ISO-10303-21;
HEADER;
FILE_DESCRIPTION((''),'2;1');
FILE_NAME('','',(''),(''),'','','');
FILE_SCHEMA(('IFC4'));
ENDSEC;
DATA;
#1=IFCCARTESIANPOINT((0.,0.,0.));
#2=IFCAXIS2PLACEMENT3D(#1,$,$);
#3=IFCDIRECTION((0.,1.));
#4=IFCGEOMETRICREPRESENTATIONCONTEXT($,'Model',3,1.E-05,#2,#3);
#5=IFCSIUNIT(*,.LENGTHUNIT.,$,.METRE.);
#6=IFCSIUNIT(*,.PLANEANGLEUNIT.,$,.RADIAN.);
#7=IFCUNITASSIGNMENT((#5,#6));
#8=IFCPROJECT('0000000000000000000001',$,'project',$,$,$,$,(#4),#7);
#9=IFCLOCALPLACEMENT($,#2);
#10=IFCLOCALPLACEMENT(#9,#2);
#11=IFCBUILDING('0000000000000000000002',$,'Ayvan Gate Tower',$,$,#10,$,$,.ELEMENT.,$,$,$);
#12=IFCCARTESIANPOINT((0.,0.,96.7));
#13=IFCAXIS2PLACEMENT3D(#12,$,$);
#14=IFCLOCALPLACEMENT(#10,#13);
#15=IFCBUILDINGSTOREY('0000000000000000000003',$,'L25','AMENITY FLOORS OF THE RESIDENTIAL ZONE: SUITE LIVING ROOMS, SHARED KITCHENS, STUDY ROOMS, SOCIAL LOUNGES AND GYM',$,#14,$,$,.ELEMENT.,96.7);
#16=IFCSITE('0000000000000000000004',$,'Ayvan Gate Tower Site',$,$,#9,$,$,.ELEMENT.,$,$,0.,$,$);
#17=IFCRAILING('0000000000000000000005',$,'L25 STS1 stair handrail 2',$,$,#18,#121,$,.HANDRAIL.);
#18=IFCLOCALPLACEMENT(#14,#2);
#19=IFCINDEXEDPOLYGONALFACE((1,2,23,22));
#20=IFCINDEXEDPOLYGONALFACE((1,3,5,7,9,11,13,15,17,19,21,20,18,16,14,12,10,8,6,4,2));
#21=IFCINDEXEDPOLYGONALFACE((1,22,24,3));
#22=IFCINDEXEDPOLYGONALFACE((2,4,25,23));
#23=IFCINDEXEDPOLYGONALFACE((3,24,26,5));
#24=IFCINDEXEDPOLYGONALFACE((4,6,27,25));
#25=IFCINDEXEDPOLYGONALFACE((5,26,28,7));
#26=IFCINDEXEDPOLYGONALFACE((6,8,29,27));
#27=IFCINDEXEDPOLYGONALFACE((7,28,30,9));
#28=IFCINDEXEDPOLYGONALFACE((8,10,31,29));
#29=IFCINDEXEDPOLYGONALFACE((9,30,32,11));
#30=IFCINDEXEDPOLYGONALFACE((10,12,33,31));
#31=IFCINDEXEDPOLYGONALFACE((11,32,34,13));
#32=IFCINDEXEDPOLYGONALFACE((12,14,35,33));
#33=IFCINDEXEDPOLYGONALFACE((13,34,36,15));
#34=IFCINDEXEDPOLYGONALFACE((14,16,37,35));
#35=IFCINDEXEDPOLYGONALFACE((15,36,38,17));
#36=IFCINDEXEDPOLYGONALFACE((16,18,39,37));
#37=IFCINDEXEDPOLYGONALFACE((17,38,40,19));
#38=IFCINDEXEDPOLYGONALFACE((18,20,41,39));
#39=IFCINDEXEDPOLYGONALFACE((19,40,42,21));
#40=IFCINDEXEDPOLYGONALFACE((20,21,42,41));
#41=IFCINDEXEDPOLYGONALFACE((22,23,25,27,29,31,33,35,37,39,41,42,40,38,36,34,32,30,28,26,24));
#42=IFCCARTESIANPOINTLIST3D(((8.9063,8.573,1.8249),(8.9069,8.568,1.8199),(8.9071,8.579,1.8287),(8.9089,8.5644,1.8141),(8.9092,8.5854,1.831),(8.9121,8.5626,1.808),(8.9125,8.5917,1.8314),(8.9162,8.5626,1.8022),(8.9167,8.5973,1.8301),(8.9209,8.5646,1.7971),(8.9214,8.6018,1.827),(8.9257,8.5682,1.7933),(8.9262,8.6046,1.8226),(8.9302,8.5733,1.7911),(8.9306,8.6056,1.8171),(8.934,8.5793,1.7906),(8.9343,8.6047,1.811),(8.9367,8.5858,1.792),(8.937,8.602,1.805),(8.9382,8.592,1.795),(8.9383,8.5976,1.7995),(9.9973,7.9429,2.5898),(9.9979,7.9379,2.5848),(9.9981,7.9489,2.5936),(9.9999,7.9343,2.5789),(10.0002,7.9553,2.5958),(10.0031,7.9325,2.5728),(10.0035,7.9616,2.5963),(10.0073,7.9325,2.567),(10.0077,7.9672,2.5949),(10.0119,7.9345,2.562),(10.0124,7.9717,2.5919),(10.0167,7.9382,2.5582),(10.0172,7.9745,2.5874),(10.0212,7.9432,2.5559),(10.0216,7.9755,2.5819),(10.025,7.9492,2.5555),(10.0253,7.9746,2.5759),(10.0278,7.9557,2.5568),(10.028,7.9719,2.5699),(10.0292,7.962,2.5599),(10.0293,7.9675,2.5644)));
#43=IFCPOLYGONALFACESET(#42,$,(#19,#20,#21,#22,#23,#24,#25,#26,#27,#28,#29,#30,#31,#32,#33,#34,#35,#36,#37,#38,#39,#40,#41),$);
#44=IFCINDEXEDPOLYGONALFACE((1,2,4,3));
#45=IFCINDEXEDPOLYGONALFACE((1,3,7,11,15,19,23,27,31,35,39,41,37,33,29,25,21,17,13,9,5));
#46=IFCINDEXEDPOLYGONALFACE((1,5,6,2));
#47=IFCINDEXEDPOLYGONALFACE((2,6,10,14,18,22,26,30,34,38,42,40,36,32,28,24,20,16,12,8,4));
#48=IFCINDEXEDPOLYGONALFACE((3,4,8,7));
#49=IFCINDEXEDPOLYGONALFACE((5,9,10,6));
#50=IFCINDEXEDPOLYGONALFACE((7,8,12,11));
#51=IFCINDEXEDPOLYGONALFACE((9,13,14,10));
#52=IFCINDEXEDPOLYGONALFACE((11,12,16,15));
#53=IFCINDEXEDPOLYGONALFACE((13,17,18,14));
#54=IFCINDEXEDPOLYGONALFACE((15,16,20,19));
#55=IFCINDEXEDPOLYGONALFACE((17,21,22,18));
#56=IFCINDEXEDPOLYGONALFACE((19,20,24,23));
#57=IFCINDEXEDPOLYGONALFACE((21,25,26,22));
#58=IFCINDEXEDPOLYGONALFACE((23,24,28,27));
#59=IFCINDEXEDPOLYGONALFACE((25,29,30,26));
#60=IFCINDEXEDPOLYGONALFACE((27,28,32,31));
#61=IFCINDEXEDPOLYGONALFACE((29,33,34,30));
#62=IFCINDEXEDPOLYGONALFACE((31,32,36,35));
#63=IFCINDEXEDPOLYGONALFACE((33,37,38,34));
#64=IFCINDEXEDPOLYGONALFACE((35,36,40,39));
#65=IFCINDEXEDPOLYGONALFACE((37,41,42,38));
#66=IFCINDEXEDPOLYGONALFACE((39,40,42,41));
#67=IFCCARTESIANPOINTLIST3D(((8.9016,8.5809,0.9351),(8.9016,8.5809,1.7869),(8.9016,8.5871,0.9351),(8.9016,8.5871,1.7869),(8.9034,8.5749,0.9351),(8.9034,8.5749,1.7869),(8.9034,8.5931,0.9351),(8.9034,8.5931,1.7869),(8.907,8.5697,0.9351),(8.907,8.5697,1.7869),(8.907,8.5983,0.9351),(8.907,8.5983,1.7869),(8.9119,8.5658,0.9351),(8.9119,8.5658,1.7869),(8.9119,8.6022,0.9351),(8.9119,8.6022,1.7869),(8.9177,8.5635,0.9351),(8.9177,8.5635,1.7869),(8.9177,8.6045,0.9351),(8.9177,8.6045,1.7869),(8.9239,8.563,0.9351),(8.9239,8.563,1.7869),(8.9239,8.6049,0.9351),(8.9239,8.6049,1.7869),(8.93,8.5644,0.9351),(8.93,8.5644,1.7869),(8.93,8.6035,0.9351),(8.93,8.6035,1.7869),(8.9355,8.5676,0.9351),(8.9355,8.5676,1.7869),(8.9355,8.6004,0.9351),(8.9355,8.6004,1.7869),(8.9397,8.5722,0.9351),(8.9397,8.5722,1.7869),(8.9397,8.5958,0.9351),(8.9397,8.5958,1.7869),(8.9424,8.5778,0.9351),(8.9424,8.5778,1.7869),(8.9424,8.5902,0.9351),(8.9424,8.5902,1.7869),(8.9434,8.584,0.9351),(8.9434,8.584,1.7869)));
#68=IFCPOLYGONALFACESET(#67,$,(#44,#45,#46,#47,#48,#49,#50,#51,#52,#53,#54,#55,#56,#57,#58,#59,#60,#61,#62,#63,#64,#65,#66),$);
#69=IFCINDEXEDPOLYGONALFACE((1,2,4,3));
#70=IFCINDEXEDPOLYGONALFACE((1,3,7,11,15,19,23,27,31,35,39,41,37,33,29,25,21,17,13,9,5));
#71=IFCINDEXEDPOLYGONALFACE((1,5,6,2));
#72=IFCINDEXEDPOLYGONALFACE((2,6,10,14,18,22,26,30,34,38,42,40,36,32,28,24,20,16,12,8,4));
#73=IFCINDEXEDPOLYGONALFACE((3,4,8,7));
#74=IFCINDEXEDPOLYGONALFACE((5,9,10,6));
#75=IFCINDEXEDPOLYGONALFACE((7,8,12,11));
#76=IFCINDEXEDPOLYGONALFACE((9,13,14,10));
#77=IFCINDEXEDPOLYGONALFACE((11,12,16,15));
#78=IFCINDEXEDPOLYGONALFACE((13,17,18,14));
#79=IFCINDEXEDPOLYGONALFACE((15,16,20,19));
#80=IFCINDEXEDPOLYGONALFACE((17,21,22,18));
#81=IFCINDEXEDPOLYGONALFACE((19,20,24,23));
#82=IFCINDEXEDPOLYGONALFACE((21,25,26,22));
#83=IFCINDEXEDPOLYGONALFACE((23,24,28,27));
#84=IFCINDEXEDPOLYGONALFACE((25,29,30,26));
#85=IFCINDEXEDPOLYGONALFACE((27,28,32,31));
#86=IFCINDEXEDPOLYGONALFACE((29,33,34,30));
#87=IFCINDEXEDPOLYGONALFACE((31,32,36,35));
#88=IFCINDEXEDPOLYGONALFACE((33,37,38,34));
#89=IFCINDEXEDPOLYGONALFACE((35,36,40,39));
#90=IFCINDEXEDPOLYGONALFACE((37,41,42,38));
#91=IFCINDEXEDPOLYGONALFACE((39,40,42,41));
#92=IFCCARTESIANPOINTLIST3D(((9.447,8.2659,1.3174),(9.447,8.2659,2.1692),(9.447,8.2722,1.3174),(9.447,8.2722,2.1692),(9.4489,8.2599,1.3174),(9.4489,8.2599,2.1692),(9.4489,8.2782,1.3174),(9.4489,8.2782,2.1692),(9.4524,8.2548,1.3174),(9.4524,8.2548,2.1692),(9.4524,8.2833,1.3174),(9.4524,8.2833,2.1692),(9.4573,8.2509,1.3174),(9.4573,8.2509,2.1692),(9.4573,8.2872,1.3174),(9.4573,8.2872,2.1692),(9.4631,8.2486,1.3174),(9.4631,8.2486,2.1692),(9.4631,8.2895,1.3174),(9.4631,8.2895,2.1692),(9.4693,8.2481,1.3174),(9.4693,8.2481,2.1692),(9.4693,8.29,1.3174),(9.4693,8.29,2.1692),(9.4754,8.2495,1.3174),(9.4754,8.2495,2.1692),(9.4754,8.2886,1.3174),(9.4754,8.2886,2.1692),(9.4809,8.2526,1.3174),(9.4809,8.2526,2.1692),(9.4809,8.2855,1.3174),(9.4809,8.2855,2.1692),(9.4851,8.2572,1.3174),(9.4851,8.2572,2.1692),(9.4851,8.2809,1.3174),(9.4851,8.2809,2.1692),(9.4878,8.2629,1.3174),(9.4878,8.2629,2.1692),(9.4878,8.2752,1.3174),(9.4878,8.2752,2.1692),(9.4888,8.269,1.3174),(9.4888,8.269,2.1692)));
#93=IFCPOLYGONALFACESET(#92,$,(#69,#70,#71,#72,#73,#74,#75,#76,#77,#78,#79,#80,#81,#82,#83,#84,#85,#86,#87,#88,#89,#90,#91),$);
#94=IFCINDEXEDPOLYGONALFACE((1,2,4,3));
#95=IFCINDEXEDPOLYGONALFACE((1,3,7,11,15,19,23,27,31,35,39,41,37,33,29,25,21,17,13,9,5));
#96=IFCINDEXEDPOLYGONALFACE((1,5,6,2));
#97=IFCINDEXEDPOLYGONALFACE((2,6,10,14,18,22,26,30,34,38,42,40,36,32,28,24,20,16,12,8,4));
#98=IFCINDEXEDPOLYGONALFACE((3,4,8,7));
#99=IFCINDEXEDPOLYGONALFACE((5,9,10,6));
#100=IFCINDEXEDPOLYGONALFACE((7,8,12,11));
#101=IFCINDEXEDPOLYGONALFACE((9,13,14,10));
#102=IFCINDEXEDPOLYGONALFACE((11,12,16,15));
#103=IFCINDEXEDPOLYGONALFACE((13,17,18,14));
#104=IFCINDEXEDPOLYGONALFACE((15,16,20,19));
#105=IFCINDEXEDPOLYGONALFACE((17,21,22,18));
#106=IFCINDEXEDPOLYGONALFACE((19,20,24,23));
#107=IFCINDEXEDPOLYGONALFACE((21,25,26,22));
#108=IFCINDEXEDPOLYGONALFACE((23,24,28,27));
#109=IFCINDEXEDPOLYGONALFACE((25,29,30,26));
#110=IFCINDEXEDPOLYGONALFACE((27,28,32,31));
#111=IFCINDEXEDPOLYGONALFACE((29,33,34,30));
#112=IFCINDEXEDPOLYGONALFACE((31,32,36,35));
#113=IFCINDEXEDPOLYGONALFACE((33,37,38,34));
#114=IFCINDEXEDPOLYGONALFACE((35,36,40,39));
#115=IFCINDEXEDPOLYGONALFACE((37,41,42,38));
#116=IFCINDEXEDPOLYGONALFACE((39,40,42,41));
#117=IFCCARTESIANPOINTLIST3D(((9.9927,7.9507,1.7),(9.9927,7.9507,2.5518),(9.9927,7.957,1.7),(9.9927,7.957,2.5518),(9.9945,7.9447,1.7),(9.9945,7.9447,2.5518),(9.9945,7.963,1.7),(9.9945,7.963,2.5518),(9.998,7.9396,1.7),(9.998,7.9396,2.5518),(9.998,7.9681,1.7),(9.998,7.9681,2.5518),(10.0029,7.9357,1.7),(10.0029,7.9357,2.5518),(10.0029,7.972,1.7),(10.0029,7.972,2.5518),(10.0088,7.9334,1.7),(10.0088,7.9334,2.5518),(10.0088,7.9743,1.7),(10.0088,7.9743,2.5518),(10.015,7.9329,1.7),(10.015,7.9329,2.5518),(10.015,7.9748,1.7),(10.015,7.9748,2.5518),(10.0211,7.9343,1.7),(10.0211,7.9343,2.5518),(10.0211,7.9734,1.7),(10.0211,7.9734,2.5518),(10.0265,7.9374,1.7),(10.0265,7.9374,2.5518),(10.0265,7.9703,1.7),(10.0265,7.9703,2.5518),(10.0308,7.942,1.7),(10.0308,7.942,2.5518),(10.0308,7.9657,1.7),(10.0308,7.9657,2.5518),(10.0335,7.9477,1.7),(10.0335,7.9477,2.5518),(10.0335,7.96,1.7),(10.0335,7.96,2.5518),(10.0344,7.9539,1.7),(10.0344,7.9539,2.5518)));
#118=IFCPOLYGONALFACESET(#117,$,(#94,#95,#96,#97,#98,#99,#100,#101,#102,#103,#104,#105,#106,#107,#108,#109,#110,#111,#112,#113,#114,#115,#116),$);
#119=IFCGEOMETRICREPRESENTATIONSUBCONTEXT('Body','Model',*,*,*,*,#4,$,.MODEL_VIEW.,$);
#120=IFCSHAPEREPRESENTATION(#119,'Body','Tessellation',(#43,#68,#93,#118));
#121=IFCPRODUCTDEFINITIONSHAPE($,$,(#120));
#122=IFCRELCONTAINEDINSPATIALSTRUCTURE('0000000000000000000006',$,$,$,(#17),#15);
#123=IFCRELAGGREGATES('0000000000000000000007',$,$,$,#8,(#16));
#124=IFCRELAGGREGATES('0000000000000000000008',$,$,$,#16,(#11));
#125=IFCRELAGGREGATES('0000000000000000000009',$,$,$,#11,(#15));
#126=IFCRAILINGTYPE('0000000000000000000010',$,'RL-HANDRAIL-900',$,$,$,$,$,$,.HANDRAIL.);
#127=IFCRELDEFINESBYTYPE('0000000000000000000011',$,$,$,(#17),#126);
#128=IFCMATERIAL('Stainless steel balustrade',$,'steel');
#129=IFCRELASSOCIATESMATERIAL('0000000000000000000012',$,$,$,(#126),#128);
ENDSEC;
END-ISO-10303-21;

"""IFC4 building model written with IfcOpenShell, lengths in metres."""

from ifc_helpers import new_model, si_unit, direction, frame, origin, origin_2d, place, context, subcontext, project, spatial, circle, extrude, material, type_object, element, save


model = new_model("IFC4")

# Units and contexts
model_context = context("Model", 3, precision=1e-05, world=origin(), true_north=direction((0.0, 1.0)))
body_context = subcontext(model_context, "Body", "Model", "MODEL_VIEW")
ifc_project = project(units=[si_unit("LENGTHUNIT", "METRE"), si_unit("PLANEANGLEUNIT", "RADIAN")], contexts=[model_context])

# Site, building, storey
site_placement = place(None, origin())
site = spatial("IfcSite", under=ifc_project, at=site_placement, Name="Ayvan Gate Tower Site", CompositionType="ELEMENT", RefElevation=0.0)
building_placement = place(site_placement, origin())
building = spatial("IfcBuilding", under=site, at=building_placement, Name="Ayvan Gate Tower", CompositionType="ELEMENT")
storey_placement = place(building_placement, frame((0.0, 0.0, 96.7)))
storey = spatial("IfcBuildingStorey", under=building, at=storey_placement, Name="L25", Description="AMENITY FLOORS OF THE RESIDENTIAL ZONE: SUITE LIVING ROOMS, SHARED KITCHENS, STUDY ROOMS, SOCIAL LOUNGES AND GYM", CompositionType="ELEMENT", Elevation=96.7)

# Railing
ifc_material_1 = material(Name="Stainless steel balustrade", Category="steel")
railing_type_1 = type_object("IfcRailingType", Name="RL-HANDRAIL-900", PredefinedType="HANDRAIL", material=ifc_material_1)
railing_1_placement = place(storey_placement, frame((8.9224, 8.584, 0.9351)))
element("IfcRailing", 1, at=railing_1_placement, inside=storey, type_object=railing_type_1, Name="L25 STS1 stair handrail 2", PredefinedType="HANDRAIL", context=body_context, shape_type="SweptSolid", body=[
    extrude(circle(Radius=0.0239, at=origin_2d()), frame((0.0, 0.0, 0.876), z_axis=(0.740229, -0.427508, 0.518939), x_axis=(0.500119, 0.865956, 0.0)), (0.0, 0.0, 1.0), 1.4739),
    extrude(circle(Radius=0.021, at=origin_2d()), origin(), (0.0, 0.0, 1.0), 0.8518),
    extrude(circle(Radius=0.021, at=origin_2d()), frame((0.5454, -0.3149, 0.3823)), (0.0, 0.0, 1.0), 0.8518),
    extrude(circle(Radius=0.021, at=origin_2d()), frame((1.0911, -0.6301, 0.7649)), (0.0, 0.0, 1.0), 0.8518),
])

save(model, "model.ifc")
